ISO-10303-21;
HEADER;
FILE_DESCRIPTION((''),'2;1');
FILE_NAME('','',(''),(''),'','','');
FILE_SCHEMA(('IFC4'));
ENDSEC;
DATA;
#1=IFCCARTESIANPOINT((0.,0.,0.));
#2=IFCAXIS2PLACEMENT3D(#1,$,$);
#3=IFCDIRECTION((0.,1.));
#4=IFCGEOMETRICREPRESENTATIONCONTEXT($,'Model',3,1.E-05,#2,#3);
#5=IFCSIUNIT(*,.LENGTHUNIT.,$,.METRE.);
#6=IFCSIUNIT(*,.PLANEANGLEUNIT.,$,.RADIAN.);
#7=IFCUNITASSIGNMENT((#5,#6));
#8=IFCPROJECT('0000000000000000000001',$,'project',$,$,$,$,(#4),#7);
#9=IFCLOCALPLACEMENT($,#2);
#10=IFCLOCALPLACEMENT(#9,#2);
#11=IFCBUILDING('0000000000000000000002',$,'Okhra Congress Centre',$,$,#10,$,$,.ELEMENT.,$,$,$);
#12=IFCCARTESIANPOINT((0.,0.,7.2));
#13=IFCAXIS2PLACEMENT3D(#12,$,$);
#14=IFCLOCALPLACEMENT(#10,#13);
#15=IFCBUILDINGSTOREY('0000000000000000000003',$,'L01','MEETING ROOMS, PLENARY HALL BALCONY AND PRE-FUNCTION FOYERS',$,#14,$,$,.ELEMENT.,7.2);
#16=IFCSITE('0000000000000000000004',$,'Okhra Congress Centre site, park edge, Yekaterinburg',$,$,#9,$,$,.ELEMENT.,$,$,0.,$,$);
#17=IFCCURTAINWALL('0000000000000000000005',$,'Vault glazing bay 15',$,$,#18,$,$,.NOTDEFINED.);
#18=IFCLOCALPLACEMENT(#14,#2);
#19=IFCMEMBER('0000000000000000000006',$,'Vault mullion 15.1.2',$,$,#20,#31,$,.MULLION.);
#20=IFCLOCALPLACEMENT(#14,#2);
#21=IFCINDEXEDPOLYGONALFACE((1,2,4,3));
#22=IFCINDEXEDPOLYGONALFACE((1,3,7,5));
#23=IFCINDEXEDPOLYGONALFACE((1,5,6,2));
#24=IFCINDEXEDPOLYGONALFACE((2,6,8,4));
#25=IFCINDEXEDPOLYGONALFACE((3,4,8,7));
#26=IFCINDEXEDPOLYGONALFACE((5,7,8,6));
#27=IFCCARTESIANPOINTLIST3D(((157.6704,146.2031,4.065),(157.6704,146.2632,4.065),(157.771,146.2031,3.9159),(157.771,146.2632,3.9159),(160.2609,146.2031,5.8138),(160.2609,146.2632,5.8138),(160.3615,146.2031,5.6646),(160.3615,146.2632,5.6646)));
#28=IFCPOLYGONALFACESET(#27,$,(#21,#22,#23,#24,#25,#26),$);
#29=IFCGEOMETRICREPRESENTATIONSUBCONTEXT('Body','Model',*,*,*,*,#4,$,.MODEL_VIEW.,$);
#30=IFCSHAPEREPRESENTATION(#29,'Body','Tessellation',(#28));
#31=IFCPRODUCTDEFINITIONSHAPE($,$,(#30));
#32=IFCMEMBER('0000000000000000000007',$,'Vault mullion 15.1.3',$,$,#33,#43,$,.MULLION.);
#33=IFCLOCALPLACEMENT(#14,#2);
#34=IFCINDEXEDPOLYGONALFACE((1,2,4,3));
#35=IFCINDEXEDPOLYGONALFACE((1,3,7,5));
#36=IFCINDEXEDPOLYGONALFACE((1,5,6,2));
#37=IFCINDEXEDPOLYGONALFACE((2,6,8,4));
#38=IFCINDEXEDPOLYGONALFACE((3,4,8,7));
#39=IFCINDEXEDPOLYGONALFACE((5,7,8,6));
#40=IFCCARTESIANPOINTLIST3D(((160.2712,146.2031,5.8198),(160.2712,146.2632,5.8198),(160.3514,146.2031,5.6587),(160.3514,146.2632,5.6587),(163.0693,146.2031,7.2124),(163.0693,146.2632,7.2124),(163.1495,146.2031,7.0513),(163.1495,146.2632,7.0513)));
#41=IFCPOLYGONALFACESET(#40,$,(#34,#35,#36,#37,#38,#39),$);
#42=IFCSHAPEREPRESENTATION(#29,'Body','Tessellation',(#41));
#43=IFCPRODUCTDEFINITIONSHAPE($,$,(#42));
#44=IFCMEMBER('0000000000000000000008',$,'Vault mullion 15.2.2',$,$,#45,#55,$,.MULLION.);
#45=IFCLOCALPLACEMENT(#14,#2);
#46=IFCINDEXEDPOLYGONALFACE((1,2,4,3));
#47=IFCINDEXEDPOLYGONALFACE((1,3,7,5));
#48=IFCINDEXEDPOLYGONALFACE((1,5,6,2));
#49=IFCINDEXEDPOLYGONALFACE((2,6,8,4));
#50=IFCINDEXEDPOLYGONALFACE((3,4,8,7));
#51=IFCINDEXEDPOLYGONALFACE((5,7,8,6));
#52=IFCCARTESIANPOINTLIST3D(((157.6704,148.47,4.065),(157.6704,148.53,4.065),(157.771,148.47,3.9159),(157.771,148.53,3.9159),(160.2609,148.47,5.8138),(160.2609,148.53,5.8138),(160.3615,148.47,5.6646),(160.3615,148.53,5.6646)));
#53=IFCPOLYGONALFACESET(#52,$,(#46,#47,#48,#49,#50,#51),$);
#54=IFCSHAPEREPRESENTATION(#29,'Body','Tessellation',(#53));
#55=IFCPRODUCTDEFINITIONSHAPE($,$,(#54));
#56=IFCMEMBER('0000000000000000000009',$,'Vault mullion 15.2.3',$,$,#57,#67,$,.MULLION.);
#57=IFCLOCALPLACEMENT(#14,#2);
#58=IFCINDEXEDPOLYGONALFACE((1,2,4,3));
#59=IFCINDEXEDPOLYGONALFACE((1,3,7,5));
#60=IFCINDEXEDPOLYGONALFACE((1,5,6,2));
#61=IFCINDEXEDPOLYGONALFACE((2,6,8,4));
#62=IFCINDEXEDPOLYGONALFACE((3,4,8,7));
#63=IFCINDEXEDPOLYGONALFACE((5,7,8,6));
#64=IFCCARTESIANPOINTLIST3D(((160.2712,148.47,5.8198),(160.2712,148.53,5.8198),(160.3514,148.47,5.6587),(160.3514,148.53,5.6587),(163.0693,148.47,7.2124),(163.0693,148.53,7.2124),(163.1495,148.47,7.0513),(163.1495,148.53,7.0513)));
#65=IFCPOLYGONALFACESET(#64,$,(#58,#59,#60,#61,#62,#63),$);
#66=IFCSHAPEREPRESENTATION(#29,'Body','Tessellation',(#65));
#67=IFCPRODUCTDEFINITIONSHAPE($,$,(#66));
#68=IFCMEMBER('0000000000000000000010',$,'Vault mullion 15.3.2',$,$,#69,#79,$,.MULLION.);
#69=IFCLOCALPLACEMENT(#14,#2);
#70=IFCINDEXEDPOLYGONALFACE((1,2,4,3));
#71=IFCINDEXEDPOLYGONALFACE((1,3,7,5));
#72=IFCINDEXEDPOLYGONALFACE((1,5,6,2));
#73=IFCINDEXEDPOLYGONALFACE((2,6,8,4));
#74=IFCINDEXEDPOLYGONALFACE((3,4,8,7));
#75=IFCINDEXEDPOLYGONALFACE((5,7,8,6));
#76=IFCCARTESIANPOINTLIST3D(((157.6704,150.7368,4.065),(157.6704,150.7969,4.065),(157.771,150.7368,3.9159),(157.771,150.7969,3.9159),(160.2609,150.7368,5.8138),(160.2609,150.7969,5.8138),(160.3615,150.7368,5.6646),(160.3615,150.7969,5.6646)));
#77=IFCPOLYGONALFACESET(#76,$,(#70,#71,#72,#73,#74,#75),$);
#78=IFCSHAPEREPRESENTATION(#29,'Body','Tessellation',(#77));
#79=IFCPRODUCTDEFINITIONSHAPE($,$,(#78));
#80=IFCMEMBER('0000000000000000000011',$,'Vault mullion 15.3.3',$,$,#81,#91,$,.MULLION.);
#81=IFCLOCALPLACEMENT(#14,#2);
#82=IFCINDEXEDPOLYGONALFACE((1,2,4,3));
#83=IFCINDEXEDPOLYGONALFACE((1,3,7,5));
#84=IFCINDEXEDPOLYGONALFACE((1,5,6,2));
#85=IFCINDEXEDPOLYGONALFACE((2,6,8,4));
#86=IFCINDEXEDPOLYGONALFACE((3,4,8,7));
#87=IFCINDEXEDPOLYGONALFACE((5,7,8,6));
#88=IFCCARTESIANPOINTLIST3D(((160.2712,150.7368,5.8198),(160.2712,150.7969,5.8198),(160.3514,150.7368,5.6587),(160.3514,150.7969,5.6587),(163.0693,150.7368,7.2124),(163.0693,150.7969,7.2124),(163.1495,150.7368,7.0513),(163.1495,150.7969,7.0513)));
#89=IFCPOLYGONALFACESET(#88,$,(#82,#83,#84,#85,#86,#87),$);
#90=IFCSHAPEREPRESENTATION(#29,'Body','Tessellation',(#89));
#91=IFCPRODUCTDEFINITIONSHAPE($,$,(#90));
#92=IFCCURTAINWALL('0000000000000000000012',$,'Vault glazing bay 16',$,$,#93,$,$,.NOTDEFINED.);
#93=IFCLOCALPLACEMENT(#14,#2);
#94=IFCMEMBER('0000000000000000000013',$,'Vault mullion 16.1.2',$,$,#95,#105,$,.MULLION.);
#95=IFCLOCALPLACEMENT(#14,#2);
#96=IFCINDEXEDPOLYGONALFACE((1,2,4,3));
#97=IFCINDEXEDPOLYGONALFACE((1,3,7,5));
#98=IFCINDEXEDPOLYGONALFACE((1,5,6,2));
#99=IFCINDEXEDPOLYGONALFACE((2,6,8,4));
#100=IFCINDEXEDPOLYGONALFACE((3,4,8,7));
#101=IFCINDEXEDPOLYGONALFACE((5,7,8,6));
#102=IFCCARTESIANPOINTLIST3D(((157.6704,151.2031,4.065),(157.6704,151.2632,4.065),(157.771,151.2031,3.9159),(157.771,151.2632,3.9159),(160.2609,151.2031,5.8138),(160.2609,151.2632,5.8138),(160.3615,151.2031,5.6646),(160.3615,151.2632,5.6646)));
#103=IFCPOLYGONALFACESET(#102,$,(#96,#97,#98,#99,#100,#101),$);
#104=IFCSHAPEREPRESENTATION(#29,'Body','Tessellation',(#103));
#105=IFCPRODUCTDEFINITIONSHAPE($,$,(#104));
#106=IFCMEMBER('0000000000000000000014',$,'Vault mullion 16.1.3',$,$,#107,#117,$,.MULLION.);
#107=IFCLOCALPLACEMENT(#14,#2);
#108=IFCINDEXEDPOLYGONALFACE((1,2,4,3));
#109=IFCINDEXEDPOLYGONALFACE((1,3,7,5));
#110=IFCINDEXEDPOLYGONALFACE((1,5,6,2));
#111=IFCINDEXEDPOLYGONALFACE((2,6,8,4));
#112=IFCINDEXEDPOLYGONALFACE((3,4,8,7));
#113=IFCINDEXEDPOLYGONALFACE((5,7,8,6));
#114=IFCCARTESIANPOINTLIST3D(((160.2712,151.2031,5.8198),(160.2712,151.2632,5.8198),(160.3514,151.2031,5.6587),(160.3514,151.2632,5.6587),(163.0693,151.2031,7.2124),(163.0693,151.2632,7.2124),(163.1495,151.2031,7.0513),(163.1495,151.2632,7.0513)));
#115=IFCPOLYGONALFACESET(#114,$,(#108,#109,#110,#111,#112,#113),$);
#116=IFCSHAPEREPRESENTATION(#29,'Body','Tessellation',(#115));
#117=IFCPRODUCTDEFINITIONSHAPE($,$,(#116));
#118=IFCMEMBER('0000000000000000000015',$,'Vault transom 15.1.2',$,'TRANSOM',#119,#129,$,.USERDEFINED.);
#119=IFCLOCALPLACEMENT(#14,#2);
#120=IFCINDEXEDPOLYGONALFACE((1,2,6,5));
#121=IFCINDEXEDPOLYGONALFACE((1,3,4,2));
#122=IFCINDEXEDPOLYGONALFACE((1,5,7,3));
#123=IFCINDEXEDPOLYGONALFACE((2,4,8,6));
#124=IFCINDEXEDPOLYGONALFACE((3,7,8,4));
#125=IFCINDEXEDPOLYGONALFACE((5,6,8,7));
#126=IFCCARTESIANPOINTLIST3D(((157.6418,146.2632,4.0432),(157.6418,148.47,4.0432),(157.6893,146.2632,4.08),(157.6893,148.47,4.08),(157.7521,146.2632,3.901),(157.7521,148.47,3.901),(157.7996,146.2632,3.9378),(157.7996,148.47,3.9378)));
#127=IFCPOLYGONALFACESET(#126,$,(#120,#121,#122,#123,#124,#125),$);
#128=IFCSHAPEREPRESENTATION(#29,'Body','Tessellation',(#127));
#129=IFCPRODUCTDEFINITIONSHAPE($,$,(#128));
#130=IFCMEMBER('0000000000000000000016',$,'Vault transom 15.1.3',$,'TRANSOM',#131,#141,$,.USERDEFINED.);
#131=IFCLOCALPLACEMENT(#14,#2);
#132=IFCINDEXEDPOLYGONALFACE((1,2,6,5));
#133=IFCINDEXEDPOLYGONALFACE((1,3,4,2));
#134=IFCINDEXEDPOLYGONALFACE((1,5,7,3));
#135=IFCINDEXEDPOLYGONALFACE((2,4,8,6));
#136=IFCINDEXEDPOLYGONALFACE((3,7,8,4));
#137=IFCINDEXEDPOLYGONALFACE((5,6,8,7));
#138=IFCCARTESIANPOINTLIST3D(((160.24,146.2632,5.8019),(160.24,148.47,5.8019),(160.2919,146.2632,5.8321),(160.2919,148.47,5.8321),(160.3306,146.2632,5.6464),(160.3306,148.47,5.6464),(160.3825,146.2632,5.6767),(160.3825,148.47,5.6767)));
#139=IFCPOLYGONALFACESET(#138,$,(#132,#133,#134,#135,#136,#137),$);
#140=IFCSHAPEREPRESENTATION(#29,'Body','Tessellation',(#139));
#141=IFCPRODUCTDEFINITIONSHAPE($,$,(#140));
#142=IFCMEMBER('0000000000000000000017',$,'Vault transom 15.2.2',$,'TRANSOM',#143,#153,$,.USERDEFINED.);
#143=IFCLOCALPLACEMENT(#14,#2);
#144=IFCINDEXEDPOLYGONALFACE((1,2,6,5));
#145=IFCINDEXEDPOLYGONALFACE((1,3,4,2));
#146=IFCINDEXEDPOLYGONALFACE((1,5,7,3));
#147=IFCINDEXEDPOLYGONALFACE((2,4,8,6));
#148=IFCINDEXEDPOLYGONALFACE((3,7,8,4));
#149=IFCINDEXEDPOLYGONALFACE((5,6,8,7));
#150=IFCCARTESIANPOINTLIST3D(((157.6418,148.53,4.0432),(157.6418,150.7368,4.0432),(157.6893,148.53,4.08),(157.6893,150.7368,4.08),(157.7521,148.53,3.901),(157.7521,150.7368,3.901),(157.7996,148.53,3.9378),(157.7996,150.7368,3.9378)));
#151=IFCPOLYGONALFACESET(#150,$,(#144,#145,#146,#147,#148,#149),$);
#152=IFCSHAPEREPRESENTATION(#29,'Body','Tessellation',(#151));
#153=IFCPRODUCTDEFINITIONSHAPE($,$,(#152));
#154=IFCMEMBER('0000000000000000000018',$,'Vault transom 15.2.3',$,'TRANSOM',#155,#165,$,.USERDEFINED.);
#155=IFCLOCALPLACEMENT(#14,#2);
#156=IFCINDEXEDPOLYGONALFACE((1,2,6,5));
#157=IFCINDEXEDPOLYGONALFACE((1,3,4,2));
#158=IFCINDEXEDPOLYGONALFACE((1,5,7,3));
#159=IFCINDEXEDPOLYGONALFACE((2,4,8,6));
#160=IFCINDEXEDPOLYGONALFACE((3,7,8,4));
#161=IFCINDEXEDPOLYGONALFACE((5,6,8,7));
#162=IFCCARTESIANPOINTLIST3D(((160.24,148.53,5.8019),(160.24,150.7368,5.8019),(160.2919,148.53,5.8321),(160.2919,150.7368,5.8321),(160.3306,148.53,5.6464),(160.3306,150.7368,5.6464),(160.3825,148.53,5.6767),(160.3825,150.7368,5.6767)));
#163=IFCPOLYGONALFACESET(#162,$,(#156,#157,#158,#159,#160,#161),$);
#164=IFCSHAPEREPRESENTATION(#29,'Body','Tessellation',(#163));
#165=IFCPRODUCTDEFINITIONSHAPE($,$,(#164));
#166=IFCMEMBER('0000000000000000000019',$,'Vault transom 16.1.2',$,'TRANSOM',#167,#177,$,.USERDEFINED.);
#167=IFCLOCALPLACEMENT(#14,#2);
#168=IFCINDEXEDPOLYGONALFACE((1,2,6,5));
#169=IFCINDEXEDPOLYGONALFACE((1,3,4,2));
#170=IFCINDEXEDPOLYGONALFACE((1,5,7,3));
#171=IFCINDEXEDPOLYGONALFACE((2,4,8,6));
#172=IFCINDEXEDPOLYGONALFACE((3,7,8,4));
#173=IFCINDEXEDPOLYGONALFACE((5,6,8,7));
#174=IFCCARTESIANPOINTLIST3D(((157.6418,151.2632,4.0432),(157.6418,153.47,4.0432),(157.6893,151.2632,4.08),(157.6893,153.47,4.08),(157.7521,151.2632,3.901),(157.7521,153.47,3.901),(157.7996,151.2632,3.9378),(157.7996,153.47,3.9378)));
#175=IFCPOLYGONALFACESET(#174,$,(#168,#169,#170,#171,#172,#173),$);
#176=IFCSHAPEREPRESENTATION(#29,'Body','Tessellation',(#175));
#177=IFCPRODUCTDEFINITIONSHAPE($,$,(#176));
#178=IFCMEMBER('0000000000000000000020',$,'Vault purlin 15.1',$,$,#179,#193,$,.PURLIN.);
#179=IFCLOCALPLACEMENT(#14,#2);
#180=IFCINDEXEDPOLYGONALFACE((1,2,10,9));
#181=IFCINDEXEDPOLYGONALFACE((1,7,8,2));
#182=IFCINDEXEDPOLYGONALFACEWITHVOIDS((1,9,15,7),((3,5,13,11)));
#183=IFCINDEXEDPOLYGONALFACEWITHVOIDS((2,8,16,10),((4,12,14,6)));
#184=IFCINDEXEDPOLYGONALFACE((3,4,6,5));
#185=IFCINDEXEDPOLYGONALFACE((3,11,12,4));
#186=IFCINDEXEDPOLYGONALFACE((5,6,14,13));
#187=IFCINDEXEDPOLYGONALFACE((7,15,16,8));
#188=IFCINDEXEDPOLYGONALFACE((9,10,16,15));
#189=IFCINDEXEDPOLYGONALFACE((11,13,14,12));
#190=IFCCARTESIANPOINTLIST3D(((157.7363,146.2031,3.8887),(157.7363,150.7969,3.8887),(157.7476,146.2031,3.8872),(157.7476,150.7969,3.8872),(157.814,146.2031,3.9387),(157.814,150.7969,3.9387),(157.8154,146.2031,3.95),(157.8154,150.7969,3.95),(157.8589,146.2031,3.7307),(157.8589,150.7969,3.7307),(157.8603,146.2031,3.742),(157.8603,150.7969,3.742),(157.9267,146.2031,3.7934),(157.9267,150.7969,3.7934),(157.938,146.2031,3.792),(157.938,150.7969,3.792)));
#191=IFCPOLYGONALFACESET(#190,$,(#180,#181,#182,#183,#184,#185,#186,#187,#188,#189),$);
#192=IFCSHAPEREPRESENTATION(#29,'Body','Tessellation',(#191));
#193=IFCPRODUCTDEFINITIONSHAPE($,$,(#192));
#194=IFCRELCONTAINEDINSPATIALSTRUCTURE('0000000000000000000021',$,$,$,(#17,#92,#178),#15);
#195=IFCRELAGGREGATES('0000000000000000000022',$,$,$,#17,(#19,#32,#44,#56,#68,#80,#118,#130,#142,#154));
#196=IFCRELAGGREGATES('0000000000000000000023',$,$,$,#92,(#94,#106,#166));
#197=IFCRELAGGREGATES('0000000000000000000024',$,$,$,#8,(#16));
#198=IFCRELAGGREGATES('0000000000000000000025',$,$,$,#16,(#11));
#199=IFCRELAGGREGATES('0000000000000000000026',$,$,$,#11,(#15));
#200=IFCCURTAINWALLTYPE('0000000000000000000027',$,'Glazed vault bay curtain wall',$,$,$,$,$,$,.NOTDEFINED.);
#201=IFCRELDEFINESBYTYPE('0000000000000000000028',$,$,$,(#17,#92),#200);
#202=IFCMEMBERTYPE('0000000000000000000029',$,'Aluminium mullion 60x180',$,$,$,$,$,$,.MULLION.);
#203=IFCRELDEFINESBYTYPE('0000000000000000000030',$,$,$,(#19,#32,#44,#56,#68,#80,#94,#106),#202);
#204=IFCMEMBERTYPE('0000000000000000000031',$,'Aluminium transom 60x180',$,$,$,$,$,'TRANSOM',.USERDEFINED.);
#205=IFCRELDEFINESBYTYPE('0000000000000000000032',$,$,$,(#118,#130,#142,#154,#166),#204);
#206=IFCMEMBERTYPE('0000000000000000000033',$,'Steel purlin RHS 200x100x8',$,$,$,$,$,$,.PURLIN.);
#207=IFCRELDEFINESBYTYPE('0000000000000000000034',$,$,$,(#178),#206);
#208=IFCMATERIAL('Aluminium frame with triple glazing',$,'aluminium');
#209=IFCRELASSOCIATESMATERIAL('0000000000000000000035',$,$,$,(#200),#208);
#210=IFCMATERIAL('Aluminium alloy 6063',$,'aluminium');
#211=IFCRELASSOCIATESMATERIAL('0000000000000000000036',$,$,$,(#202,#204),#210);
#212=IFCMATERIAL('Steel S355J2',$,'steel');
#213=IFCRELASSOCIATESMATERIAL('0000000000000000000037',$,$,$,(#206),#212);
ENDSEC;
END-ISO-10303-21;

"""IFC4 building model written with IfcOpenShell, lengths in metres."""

from ifc_helpers import new_model, si_unit, direction, frame, origin, origin_2d, place, context, subcontext, project, spatial, rectangle, hollow_rectangle, extrude, material, material_profile, profile_set, type_object, element, aggregate, save


model = new_model("IFC4")

# Units and contexts
model_context = context("Model", 3, precision=1e-05, world=origin(), true_north=direction((0.0, 1.0)))
body_context = subcontext(model_context, "Body", "Model", "MODEL_VIEW")
ifc_project = project(units=[si_unit("LENGTHUNIT", "METRE"), si_unit("PLANEANGLEUNIT", "RADIAN")], contexts=[model_context])

# Site, building, storey
site_placement = place(None, origin())
site = spatial("IfcSite", under=ifc_project, at=site_placement, Name="Okhra Congress Centre site, park edge, Yekaterinburg", CompositionType="ELEMENT", RefElevation=0.0)
building_placement = place(site_placement, origin())
building = spatial("IfcBuilding", under=site, at=building_placement, Name="Okhra Congress Centre", CompositionType="ELEMENT")
storey_placement = place(building_placement, frame((0.0, 0.0, 7.2)))
storey = spatial("IfcBuildingStorey", under=building, at=storey_placement, Name="L01", Description="MEETING ROOMS, PLENARY HALL BALCONY AND PRE-FUNCTION FOYERS", CompositionType="ELEMENT", Elevation=7.2)

# Curtain walls, members
ifc_material_1 = material(Name="Aluminium frame with triple glazing", Category="aluminium")
curtain_wall_type = type_object("IfcCurtainWallType", Name="Glazed vault bay curtain wall", PredefinedType="NOTDEFINED", material=ifc_material_1)
curtain_wall_1_placement = place(storey_placement, origin())
curtain_wall_1 = element("IfcCurtainWall", 1, at=curtain_wall_1_placement, inside=storey, type_object=curtain_wall_type, Name="Vault glazing bay 15", PredefinedType="NOTDEFINED")
ifc_material_2 = material(Name="Aluminium alloy 6063", Category="aluminium")
ifc_material_profile_1 = material_profile(ifc_material_2, rectangle(XDim=0.0601, YDim=0.1799, at=origin_2d()), Name="AL 60x180")
ifc_profile_set_1 = profile_set([ifc_material_profile_1], Name="Aluminium alloy 6063")
member_type_1 = type_object("IfcMemberType", Name="Aluminium mullion 60x180", PredefinedType="MULLION", material=ifc_profile_set_1)
member_1_placement = place(storey_placement, frame((157.7207, 146.2332, 3.9905), z_axis=(0.828828, 0.0, 0.559504), x_axis=(0.0, 1.0, 0.0)))
member_1 = element("IfcMember", 2, at=member_1_placement, type_object=member_type_1, Name="Vault mullion 15.1.2", PredefinedType="MULLION", context=body_context, shape_type="SweptSolid", body=[
    extrude(rectangle(XDim=0.0601, YDim=0.1799, at=origin_2d()), origin(), (0.0, 0.0, 1.0), 3.1255),
])
member_2_placement = place(storey_placement, frame((160.3113, 146.2332, 5.7393), z_axis=(0.895254, 0.0, 0.445557), x_axis=(0.0, 1.0, 0.0)))
member_2 = element("IfcMember", 3, at=member_2_placement, type_object=member_type_1, Name="Vault mullion 15.1.3", PredefinedType="MULLION", context=body_context, shape_type="SweptSolid", body=[
    extrude(rectangle(XDim=0.0601, YDim=0.1799, at=origin_2d()), origin(), (0.0, 0.0, 1.0), 3.1255),
])
member_3_placement = place(storey_placement, frame((157.7207, 148.5, 3.9905), z_axis=(0.828828, 0.0, 0.559504), x_axis=(0.0, 1.0, 0.0)))
member_3 = element("IfcMember", 4, at=member_3_placement, type_object=member_type_1, Name="Vault mullion 15.2.2", PredefinedType="MULLION", context=body_context, shape_type="SweptSolid", body=[
    extrude(rectangle(XDim=0.0601, YDim=0.1799, at=origin_2d()), origin(), (0.0, 0.0, 1.0), 3.1255),
])
member_4_placement = place(storey_placement, frame((160.3113, 148.5, 5.7393), z_axis=(0.895254, 0.0, 0.445557), x_axis=(0.0, 1.0, 0.0)))
member_4 = element("IfcMember", 5, at=member_4_placement, type_object=member_type_1, Name="Vault mullion 15.2.3", PredefinedType="MULLION", context=body_context, shape_type="SweptSolid", body=[
    extrude(rectangle(XDim=0.0601, YDim=0.1799, at=origin_2d()), origin(), (0.0, 0.0, 1.0), 3.1255),
])
member_5_placement = place(storey_placement, frame((157.7207, 150.7668, 3.9905), z_axis=(0.828828, 0.0, 0.559504), x_axis=(0.0, 1.0, 0.0)))
member_5 = element("IfcMember", 6, at=member_5_placement, type_object=member_type_1, Name="Vault mullion 15.3.2", PredefinedType="MULLION", context=body_context, shape_type="SweptSolid", body=[
    extrude(rectangle(XDim=0.0601, YDim=0.1799, at=origin_2d()), origin(), (0.0, 0.0, 1.0), 3.1255),
])
member_6_placement = place(storey_placement, frame((160.3113, 150.7668, 5.7393), z_axis=(0.895254, 0.0, 0.445557), x_axis=(0.0, 1.0, 0.0)))
member_6 = element("IfcMember", 7, at=member_6_placement, type_object=member_type_1, Name="Vault mullion 15.3.3", PredefinedType="MULLION", context=body_context, shape_type="SweptSolid", body=[
    extrude(rectangle(XDim=0.0601, YDim=0.1799, at=origin_2d()), origin(), (0.0, 0.0, 1.0), 3.1255),
])
curtain_wall_2_placement = place(storey_placement, origin())
curtain_wall_2 = element("IfcCurtainWall", 8, at=curtain_wall_2_placement, inside=storey, type_object=curtain_wall_type, Name="Vault glazing bay 16", PredefinedType="NOTDEFINED")
member_7_placement = place(storey_placement, frame((157.7207, 151.2332, 3.9905), z_axis=(0.828828, 0.0, 0.559504), x_axis=(0.0, 1.0, 0.0)))
member_7 = element("IfcMember", 9, at=member_7_placement, type_object=member_type_1, Name="Vault mullion 16.1.2", PredefinedType="MULLION", context=body_context, shape_type="SweptSolid", body=[
    extrude(rectangle(XDim=0.0601, YDim=0.1799, at=origin_2d()), origin(), (0.0, 0.0, 1.0), 3.1255),
])
member_8_placement = place(storey_placement, frame((160.3113, 151.2332, 5.7393), z_axis=(0.895254, 0.0, 0.445557), x_axis=(0.0, 1.0, 0.0)))
member_8 = element("IfcMember", 10, at=member_8_placement, type_object=member_type_1, Name="Vault mullion 16.1.3", PredefinedType="MULLION", context=body_context, shape_type="SweptSolid", body=[
    extrude(rectangle(XDim=0.0601, YDim=0.1799, at=origin_2d()), origin(), (0.0, 0.0, 1.0), 3.1255),
])

# Members
ifc_material_profile_2 = material_profile(ifc_material_2, rectangle(XDim=0.0601, YDim=0.1799, at=origin_2d()), Name="AL 60x180 transom")
ifc_profile_set_2 = profile_set([ifc_material_profile_2], Name="Aluminium alloy 6063")
member_type_2 = type_object("IfcMemberType", Name="Aluminium transom 60x180", ElementType="TRANSOM", PredefinedType="USERDEFINED", material=ifc_profile_set_2)
member_9_placement = place(storey_placement, frame((157.7207, 146.2632, 3.9905), z_axis=(0.0, 1.0, 0.0), x_axis=(-0.790145, 0.0, -0.61292)))
member_9 = element("IfcMember", 11, at=member_9_placement, type_object=member_type_2, Name="Vault transom 15.1.2", ObjectType="TRANSOM", PredefinedType="USERDEFINED", context=body_context, shape_type="SweptSolid", body=[
    extrude(rectangle(XDim=0.0601, YDim=0.1799, at=origin_2d()), origin(), (0.0, 0.0, 1.0), 2.2068),
])
member_10_placement = place(storey_placement, frame((160.3113, 146.2632, 5.7393), z_axis=(0.0, 1.0, 0.0), x_axis=(-0.863917, 0.0, -0.503634)))
member_10 = element("IfcMember", 12, at=member_10_placement, type_object=member_type_2, Name="Vault transom 15.1.3", ObjectType="TRANSOM", PredefinedType="USERDEFINED", context=body_context, shape_type="SweptSolid", body=[
    extrude(rectangle(XDim=0.0601, YDim=0.1799, at=origin_2d()), origin(), (0.0, 0.0, 1.0), 2.2068),
])
member_11_placement = place(storey_placement, frame((157.7207, 148.53, 3.9905), z_axis=(0.0, 1.0, 0.0), x_axis=(-0.790145, 0.0, -0.61292)))
member_11 = element("IfcMember", 13, at=member_11_placement, type_object=member_type_2, Name="Vault transom 15.2.2", ObjectType="TRANSOM", PredefinedType="USERDEFINED", context=body_context, shape_type="SweptSolid", body=[
    extrude(rectangle(XDim=0.0601, YDim=0.1799, at=origin_2d()), origin(), (0.0, 0.0, 1.0), 2.2068),
])
member_12_placement = place(storey_placement, frame((160.3113, 148.53, 5.7393), z_axis=(0.0, 1.0, 0.0), x_axis=(-0.863917, 0.0, -0.503634)))
member_12 = element("IfcMember", 14, at=member_12_placement, type_object=member_type_2, Name="Vault transom 15.2.3", ObjectType="TRANSOM", PredefinedType="USERDEFINED", context=body_context, shape_type="SweptSolid", body=[
    extrude(rectangle(XDim=0.0601, YDim=0.1799, at=origin_2d()), origin(), (0.0, 0.0, 1.0), 2.2068),
])
member_13_placement = place(storey_placement, frame((157.7207, 151.2632, 3.9905), z_axis=(0.0, 1.0, 0.0), x_axis=(-0.790145, 0.0, -0.61292)))
member_13 = element("IfcMember", 15, at=member_13_placement, type_object=member_type_2, Name="Vault transom 16.1.2", ObjectType="TRANSOM", PredefinedType="USERDEFINED", context=body_context, shape_type="SweptSolid", body=[
    extrude(rectangle(XDim=0.0601, YDim=0.1799, at=origin_2d()), origin(), (0.0, 0.0, 1.0), 2.2068),
])

# Member
ifc_material_3 = material(Name="Steel S355J2", Category="steel")
ifc_material_profile_3 = material_profile(ifc_material_3, hollow_rectangle(XDim=0.1001, YDim=0.2, WallThickness=0.0081, at=origin_2d()), Name="RHS 200x100x8")
ifc_profile_set_3 = profile_set([ifc_material_profile_3], Name="Steel S355J2")
member_type_3 = type_object("IfcMemberType", Name="Steel purlin RHS 200x100x8", PredefinedType="PURLIN", material=ifc_profile_set_3)
for number, where, z_axis, x_axis, name in (
    (16, (157.8372, 146.2031, 3.8403), (0.0, 1.0, 0.0), (-0.790145, 0.0, -0.61292), "Vault purlin 15.1"),
):
    element("IfcMember", number, at=place(storey_placement, frame(where, z_axis=z_axis, x_axis=x_axis)), inside=storey, type_object=member_type_3, Name=name, PredefinedType="PURLIN", context=body_context, shape_type="SweptSolid", body=[
        extrude(hollow_rectangle(XDim=0.1001, YDim=0.2, WallThickness=0.0081, at=origin_2d()), origin(), (0.0, 0.0, 1.0), 4.5938),
    ])

aggregate(curtain_wall_1, [member_1, member_2, member_3, member_4, member_5, member_6, member_9, member_10, member_11, member_12])
aggregate(curtain_wall_2, [member_7, member_8, member_13])

save(model, "model.ifc")
